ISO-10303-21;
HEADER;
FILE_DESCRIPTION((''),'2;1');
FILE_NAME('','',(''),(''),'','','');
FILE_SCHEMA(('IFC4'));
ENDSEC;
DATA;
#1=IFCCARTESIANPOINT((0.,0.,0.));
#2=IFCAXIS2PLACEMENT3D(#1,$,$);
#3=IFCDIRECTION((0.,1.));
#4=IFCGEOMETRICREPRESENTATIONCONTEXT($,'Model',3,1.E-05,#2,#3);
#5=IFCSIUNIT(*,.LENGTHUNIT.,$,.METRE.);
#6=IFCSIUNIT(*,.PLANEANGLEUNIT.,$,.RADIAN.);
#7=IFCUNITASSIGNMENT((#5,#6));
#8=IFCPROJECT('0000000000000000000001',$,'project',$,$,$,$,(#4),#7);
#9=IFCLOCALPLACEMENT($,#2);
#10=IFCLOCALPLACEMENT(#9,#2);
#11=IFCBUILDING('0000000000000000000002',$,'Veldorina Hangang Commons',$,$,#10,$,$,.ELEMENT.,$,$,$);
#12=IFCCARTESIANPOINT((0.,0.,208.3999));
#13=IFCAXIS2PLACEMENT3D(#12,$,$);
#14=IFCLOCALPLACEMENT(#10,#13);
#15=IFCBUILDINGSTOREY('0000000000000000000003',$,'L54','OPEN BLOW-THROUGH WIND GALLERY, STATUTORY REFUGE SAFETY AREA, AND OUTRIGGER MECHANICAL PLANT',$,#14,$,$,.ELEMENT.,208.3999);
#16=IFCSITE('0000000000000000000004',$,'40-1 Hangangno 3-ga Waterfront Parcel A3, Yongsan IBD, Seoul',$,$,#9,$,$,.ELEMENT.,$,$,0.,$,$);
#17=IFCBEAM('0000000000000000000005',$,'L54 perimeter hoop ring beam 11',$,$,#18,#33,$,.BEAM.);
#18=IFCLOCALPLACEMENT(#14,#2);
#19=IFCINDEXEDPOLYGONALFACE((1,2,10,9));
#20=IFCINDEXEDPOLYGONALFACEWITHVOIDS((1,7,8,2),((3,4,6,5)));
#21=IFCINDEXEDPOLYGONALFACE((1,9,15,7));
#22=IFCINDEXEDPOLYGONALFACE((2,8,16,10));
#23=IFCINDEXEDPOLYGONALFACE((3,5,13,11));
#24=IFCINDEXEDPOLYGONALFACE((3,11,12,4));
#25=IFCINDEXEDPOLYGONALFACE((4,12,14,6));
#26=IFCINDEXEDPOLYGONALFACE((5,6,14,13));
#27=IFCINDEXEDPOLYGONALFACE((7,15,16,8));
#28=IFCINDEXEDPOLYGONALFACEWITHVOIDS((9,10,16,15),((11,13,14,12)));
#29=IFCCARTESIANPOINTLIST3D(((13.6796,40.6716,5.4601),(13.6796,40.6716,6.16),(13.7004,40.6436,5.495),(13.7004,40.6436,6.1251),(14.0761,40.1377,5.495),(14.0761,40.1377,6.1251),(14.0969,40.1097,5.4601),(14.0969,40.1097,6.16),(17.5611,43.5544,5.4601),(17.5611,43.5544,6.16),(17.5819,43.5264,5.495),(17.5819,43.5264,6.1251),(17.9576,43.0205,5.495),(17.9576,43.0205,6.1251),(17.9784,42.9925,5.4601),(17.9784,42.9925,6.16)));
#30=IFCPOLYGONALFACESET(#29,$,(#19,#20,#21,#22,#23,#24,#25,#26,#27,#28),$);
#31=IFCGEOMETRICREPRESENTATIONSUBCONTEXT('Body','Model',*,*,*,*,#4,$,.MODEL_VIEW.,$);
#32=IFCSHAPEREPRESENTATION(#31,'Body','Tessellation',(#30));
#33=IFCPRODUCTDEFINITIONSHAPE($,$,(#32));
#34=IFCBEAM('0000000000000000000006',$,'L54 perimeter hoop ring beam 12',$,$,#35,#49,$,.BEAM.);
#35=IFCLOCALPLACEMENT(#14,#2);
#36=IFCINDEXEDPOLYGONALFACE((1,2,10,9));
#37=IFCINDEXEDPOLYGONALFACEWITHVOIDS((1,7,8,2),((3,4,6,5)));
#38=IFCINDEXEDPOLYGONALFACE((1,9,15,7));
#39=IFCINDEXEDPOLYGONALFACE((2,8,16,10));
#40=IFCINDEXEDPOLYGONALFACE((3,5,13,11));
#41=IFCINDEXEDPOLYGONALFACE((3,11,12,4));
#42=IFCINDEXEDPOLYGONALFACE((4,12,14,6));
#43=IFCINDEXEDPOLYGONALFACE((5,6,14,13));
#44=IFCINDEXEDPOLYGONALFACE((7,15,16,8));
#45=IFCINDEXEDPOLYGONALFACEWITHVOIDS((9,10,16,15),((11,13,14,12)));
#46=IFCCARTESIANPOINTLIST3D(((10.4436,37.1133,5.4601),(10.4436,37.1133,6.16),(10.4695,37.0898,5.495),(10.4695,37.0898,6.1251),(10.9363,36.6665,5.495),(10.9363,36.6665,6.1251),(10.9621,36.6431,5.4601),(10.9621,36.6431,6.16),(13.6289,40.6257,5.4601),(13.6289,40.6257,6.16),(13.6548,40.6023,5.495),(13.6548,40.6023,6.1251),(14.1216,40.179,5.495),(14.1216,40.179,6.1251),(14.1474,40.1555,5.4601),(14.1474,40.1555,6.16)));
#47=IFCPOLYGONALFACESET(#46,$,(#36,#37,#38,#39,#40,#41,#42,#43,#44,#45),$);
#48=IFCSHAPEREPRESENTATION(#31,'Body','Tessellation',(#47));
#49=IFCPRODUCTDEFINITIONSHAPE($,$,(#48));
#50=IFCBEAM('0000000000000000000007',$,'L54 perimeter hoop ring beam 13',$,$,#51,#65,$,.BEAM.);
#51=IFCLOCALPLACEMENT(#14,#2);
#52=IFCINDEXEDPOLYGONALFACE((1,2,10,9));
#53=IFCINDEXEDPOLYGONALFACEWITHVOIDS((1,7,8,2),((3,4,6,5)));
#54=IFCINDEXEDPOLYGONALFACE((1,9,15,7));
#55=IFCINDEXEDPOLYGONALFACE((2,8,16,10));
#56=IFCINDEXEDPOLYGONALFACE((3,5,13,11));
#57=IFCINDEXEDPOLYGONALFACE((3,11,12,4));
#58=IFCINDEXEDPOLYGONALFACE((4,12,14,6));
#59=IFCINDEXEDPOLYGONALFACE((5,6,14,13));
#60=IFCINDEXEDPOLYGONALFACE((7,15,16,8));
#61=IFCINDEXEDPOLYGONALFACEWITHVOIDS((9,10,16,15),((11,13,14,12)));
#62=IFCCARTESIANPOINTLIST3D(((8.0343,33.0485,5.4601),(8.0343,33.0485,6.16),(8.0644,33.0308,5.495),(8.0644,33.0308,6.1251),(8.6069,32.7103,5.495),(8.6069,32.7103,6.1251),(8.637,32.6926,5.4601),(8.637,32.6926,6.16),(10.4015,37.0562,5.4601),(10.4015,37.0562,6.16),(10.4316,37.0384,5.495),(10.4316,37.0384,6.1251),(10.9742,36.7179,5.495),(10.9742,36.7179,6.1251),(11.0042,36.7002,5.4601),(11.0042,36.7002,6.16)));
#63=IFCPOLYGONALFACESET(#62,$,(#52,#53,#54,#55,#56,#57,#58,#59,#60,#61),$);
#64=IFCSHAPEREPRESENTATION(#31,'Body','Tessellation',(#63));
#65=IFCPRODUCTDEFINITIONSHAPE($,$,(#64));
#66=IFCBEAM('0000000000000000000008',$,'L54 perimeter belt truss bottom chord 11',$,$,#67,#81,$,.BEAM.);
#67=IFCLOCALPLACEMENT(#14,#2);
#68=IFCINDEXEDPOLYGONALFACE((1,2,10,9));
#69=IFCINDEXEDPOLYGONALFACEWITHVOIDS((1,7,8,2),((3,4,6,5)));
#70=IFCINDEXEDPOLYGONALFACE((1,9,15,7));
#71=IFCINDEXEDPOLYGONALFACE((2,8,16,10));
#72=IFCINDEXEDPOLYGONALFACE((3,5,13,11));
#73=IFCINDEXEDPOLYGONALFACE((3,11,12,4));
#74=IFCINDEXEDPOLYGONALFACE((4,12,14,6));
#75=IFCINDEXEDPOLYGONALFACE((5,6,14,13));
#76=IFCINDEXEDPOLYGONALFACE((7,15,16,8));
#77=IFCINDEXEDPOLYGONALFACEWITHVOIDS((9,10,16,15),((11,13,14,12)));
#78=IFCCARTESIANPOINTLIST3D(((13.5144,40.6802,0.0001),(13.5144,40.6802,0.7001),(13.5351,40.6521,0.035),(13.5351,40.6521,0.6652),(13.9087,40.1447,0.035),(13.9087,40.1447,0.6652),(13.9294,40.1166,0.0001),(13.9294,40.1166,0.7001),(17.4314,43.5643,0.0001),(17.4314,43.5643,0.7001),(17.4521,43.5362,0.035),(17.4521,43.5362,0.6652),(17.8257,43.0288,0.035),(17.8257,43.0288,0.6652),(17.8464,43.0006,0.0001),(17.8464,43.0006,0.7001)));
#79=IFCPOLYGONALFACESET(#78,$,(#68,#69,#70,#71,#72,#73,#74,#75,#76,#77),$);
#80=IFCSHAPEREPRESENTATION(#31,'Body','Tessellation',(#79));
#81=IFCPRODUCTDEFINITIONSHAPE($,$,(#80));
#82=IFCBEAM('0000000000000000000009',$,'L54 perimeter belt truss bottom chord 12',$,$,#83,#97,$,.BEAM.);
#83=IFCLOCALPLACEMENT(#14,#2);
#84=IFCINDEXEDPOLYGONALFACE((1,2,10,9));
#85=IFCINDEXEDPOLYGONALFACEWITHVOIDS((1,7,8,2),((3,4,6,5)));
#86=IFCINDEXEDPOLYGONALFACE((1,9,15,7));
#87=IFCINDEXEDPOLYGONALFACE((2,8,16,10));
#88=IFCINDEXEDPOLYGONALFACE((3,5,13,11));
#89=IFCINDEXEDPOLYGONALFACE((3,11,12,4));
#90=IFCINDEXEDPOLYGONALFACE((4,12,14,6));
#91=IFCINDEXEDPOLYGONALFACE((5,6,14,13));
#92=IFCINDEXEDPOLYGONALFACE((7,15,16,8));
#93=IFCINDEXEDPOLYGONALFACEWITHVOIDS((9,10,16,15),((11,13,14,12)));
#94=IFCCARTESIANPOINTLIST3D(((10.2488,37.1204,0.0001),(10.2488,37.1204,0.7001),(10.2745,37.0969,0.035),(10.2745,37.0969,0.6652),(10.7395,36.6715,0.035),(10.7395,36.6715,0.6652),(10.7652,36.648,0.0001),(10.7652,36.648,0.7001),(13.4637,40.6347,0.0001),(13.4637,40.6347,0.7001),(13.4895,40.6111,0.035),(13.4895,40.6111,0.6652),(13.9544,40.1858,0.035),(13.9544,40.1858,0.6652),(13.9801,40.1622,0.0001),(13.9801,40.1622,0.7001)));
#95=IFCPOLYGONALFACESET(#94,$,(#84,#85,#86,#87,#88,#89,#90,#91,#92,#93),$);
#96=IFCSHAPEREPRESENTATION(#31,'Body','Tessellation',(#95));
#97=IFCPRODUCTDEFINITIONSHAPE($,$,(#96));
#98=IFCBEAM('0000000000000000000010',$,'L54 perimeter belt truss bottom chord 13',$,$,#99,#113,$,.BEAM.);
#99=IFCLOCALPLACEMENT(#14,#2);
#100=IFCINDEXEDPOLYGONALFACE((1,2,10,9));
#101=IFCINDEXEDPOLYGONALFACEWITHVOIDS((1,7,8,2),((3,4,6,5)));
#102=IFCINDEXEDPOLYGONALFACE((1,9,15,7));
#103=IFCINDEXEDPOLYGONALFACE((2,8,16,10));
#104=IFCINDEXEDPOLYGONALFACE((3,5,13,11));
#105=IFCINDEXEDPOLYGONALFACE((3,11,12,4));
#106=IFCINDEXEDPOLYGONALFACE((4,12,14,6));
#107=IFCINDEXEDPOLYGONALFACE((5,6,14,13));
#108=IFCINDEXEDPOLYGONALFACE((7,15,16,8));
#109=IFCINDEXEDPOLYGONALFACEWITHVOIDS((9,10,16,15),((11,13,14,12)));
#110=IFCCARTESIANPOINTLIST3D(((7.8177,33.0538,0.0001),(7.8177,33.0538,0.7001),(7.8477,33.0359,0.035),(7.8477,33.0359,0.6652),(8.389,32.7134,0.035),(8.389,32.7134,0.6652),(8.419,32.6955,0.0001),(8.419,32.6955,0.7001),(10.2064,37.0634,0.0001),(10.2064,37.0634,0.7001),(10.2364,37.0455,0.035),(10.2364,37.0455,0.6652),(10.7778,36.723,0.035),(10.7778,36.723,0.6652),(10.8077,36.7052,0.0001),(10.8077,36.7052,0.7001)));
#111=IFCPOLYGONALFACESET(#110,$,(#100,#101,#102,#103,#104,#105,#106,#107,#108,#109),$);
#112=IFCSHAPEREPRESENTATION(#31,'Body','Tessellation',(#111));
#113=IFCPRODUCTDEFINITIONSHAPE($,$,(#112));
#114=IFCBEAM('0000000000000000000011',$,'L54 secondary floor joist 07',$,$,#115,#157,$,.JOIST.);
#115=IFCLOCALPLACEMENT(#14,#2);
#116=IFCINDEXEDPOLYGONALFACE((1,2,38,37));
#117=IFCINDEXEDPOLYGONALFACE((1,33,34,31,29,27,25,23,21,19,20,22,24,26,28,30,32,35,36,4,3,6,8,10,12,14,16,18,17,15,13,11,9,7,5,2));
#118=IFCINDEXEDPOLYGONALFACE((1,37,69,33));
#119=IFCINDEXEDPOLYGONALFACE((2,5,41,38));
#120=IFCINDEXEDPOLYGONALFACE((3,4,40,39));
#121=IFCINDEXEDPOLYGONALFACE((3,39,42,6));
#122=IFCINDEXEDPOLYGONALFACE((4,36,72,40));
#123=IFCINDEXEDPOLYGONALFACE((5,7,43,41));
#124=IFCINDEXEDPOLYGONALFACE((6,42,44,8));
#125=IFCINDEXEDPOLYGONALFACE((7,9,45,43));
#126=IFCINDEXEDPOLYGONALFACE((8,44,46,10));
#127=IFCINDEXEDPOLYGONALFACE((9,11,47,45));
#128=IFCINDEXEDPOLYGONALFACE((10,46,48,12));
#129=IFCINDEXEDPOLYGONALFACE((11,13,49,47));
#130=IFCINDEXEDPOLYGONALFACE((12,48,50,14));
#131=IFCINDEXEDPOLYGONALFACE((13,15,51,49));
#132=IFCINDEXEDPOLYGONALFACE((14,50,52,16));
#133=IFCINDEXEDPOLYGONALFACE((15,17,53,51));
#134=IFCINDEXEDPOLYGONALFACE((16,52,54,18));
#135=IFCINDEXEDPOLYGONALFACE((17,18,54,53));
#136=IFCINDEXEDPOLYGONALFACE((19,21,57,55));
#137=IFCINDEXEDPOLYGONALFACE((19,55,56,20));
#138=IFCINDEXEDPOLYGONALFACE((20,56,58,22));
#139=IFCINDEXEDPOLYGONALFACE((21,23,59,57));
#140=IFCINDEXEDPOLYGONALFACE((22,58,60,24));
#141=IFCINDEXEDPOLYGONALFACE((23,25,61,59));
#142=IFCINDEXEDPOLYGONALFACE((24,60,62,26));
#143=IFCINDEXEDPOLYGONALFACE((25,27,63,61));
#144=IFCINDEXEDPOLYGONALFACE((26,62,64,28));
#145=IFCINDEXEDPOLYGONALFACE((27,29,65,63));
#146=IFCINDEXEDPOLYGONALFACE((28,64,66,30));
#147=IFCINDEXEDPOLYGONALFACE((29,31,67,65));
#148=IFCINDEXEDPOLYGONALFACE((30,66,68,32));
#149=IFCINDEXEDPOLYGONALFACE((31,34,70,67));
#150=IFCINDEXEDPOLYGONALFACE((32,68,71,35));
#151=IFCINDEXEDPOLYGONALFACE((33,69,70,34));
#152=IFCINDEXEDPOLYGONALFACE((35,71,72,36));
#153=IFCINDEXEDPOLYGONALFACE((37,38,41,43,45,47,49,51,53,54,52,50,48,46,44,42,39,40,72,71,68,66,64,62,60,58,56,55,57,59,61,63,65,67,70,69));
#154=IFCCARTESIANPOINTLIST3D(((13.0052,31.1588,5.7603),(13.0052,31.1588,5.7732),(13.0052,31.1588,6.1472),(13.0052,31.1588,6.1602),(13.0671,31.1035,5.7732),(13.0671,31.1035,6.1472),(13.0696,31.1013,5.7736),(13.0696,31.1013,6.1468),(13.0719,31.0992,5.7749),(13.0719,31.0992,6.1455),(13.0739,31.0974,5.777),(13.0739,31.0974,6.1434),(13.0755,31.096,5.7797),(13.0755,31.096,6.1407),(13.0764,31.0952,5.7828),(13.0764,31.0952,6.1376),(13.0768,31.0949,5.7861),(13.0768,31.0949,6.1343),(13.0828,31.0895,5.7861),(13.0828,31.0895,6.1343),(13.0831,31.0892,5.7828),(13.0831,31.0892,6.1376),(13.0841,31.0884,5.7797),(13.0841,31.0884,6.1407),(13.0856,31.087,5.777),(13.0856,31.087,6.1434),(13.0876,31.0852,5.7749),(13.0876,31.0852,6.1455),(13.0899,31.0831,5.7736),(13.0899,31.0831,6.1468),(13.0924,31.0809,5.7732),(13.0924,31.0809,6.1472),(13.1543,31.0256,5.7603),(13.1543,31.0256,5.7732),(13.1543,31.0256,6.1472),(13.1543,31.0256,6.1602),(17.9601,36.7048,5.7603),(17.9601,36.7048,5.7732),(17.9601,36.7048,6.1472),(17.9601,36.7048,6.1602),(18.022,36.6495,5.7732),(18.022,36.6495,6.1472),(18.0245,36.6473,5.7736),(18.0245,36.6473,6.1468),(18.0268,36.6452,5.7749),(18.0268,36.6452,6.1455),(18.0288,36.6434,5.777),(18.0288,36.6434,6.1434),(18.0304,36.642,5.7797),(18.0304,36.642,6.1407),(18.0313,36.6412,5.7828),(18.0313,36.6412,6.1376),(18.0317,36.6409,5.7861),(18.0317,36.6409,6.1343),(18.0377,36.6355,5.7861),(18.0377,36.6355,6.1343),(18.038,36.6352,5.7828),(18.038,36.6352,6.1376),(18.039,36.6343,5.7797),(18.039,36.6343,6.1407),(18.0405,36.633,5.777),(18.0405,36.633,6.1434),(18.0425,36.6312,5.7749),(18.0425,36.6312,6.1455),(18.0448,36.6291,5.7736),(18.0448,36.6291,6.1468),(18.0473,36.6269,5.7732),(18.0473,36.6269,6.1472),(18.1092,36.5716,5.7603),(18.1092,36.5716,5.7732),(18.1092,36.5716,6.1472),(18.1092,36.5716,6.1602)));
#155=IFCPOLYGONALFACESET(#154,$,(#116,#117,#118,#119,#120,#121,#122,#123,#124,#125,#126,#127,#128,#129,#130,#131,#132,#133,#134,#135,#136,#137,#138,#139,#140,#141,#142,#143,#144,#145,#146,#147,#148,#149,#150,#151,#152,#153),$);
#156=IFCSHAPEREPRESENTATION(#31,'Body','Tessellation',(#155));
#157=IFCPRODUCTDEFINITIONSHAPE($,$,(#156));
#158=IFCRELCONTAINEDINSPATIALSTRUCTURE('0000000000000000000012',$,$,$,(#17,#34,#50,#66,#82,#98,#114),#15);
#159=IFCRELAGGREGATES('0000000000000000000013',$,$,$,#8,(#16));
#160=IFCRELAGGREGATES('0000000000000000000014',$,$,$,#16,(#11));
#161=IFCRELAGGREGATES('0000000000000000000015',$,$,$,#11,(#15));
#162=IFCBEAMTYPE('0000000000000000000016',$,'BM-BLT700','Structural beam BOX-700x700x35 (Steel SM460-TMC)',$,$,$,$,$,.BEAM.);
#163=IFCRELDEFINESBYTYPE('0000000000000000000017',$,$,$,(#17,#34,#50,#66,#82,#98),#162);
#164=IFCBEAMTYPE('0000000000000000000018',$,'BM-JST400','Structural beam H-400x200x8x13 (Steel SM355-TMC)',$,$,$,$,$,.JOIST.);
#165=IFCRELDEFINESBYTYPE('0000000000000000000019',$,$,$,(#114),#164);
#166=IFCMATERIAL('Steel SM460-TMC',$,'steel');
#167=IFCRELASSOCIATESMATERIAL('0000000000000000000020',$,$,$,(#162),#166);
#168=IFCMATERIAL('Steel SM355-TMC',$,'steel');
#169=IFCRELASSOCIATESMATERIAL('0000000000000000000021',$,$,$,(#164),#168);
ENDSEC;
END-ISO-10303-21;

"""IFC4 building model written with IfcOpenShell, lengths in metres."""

from ifc_helpers import new_model, si_unit, direction, frame, origin, origin_2d, place, context, subcontext, project, spatial, hollow_rectangle, i_section, extrude, material, material_profile, profile_set, type_object, element, save


model = new_model("IFC4")

# Units and contexts
model_context = context("Model", 3, precision=1e-05, world=origin(), true_north=direction((0.0, 1.0)))
body_context = subcontext(model_context, "Body", "Model", "MODEL_VIEW")
ifc_project = project(units=[si_unit("LENGTHUNIT", "METRE"), si_unit("PLANEANGLEUNIT", "RADIAN")], contexts=[model_context])

# Site, building, storey
site_placement = place(None, origin())
site = spatial("IfcSite", under=ifc_project, at=site_placement, Name="40-1 Hangangno 3-ga Waterfront Parcel A3, Yongsan IBD, Seoul", CompositionType="ELEMENT", RefElevation=0.0)
building_placement = place(site_placement, origin())
building = spatial("IfcBuilding", under=site, at=building_placement, Name="Veldorina Hangang Commons", CompositionType="ELEMENT")
storey_placement = place(building_placement, frame((0.0, 0.0, 208.3999)))
storey = spatial("IfcBuildingStorey", under=building, at=storey_placement, Name="L54", Description="OPEN BLOW-THROUGH WIND GALLERY, STATUTORY REFUGE SAFETY AREA, AND OUTRIGGER MECHANICAL PLANT", CompositionType="ELEMENT", Elevation=208.3999)

# Beams
ifc_material_1 = material(Name="Steel SM460-TMC", Category="steel")
ifc_material_profile_1 = material_profile(ifc_material_1, hollow_rectangle(XDim=0.7, YDim=0.7, WallThickness=0.0349, at=origin_2d()), Name="BOX-700x700x35")
ifc_profile_set_1 = profile_set([ifc_material_profile_1], Name="Steel SM460-TMC")
beam_type_1 = type_object("IfcBeamType", Name="BM-BLT700", Description="Structural beam BOX-700x700x35 (Steel SM460-TMC)", PredefinedType="BEAM", material=ifc_profile_set_1)
beam_1_placement = place(storey_placement, frame((17.7698, 43.2734, 5.8101), z_axis=(-0.802809, -0.596237, 0.0), x_axis=(0.596237, -0.802809, 0.0)))
element("IfcBeam", 1, at=beam_1_placement, inside=storey, type_object=beam_type_1, Name="L54 perimeter hoop ring beam 11", PredefinedType="BEAM", context=body_context, shape_type="SweptSolid", body=[
    extrude(hollow_rectangle(XDim=0.7, YDim=0.7, WallThickness=0.0349, at=origin_2d()), origin(), (0.0, 0.0, 1.0), 4.835),
])
beam_2_placement = place(storey_placement, frame((13.8882, 40.3906, 5.8101), z_axis=(-0.671768, -0.740762, 0.0), x_axis=(0.740762, -0.671768, 0.0)))
element("IfcBeam", 2, at=beam_2_placement, inside=storey, type_object=beam_type_1, Name="L54 perimeter hoop ring beam 12", PredefinedType="BEAM", context=body_context, shape_type="SweptSolid", body=[
    extrude(hollow_rectangle(XDim=0.7, YDim=0.7, WallThickness=0.0349, at=origin_2d()), origin(), (0.0, 0.0, 1.0), 4.7417),
])
beam_3_placement = place(storey_placement, frame((10.7029, 36.8782, 5.8101), z_axis=(-0.508583, -0.861013, 0.0), x_axis=(0.861013, -0.508583, 0.0)))
element("IfcBeam", 3, at=beam_3_placement, inside=storey, type_object=beam_type_1, Name="L54 perimeter hoop ring beam 13", PredefinedType="BEAM", context=body_context, shape_type="SweptSolid", body=[
    extrude(hollow_rectangle(XDim=0.7, YDim=0.7, WallThickness=0.0349, at=origin_2d()), origin(), (0.0, 0.0, 1.0), 4.6545),
])
beam_4_placement = place(storey_placement, frame((17.6389, 43.2825, 0.3501), z_axis=(-0.805269, -0.59291, 0.0), x_axis=(0.59291, -0.805269, 0.0)))
element("IfcBeam", 4, at=beam_4_placement, inside=storey, type_object=beam_type_1, Name="L54 perimeter belt truss bottom chord 11", PredefinedType="BEAM", context=body_context, shape_type="SweptSolid", body=[
    extrude(hollow_rectangle(XDim=0.7, YDim=0.7, WallThickness=0.0349, at=origin_2d()), origin(), (0.0, 0.0, 1.0), 4.8643),
])
beam_5_placement = place(storey_placement, frame((13.7219, 40.3984, 0.3501), z_axis=(-0.674986, -0.73783, 0.0), x_axis=(0.73783, -0.674986, 0.0)))
element("IfcBeam", 5, at=beam_5_placement, inside=storey, type_object=beam_type_1, Name="L54 perimeter belt truss bottom chord 12", PredefinedType="BEAM", context=body_context, shape_type="SweptSolid", body=[
    extrude(hollow_rectangle(XDim=0.7, YDim=0.7, WallThickness=0.0349, at=origin_2d()), origin(), (0.0, 0.0, 1.0), 4.7629),
])
beam_6_placement = place(storey_placement, frame((10.5071, 36.8843, 0.3501), z_axis=(-0.511808, -0.8591, 0.0), x_axis=(0.8591, -0.511808, 0.0)))
element("IfcBeam", 6, at=beam_6_placement, inside=storey, type_object=beam_type_1, Name="L54 perimeter belt truss bottom chord 13", PredefinedType="BEAM", context=body_context, shape_type="SweptSolid", body=[
    extrude(hollow_rectangle(XDim=0.7, YDim=0.7, WallThickness=0.0349, at=origin_2d()), origin(), (0.0, 0.0, 1.0), 4.6672),
])
ifc_material_2 = material(Name="Steel SM355-TMC", Category="steel")
ifc_material_profile_2 = material_profile(ifc_material_2, i_section(OverallWidth=0.2, OverallDepth=0.3999, WebThickness=0.0081, FlangeThickness=0.0129, FilletRadius=0.0129, at=origin_2d()), Name="H-400x200x8x13")
ifc_profile_set_2 = profile_set([ifc_material_profile_2], Name="Steel SM355-TMC")
beam_type_2 = type_object("IfcBeamType", Name="BM-JST400", Description="Structural beam H-400x200x8x13 (Steel SM355-TMC)", PredefinedType="JOIST", material=ifc_profile_set_2)
beam_7_placement = place(storey_placement, frame((18.0347, 36.6382, 5.9602), z_axis=(-0.666251, -0.745728, 0.0), x_axis=(0.745728, -0.666251, 0.0)))
element("IfcBeam", 7, at=beam_7_placement, inside=storey, type_object=beam_type_2, Name="L54 secondary floor joist 07", PredefinedType="JOIST", context=body_context, shape_type="SweptSolid", body=[
    extrude(i_section(OverallWidth=0.2, OverallDepth=0.3999, WebThickness=0.0081, FlangeThickness=0.0129, FilletRadius=0.0129, at=origin_2d()), origin(), (0.0, 0.0, 1.0), 7.437),
])

save(model, "model.ifc")
